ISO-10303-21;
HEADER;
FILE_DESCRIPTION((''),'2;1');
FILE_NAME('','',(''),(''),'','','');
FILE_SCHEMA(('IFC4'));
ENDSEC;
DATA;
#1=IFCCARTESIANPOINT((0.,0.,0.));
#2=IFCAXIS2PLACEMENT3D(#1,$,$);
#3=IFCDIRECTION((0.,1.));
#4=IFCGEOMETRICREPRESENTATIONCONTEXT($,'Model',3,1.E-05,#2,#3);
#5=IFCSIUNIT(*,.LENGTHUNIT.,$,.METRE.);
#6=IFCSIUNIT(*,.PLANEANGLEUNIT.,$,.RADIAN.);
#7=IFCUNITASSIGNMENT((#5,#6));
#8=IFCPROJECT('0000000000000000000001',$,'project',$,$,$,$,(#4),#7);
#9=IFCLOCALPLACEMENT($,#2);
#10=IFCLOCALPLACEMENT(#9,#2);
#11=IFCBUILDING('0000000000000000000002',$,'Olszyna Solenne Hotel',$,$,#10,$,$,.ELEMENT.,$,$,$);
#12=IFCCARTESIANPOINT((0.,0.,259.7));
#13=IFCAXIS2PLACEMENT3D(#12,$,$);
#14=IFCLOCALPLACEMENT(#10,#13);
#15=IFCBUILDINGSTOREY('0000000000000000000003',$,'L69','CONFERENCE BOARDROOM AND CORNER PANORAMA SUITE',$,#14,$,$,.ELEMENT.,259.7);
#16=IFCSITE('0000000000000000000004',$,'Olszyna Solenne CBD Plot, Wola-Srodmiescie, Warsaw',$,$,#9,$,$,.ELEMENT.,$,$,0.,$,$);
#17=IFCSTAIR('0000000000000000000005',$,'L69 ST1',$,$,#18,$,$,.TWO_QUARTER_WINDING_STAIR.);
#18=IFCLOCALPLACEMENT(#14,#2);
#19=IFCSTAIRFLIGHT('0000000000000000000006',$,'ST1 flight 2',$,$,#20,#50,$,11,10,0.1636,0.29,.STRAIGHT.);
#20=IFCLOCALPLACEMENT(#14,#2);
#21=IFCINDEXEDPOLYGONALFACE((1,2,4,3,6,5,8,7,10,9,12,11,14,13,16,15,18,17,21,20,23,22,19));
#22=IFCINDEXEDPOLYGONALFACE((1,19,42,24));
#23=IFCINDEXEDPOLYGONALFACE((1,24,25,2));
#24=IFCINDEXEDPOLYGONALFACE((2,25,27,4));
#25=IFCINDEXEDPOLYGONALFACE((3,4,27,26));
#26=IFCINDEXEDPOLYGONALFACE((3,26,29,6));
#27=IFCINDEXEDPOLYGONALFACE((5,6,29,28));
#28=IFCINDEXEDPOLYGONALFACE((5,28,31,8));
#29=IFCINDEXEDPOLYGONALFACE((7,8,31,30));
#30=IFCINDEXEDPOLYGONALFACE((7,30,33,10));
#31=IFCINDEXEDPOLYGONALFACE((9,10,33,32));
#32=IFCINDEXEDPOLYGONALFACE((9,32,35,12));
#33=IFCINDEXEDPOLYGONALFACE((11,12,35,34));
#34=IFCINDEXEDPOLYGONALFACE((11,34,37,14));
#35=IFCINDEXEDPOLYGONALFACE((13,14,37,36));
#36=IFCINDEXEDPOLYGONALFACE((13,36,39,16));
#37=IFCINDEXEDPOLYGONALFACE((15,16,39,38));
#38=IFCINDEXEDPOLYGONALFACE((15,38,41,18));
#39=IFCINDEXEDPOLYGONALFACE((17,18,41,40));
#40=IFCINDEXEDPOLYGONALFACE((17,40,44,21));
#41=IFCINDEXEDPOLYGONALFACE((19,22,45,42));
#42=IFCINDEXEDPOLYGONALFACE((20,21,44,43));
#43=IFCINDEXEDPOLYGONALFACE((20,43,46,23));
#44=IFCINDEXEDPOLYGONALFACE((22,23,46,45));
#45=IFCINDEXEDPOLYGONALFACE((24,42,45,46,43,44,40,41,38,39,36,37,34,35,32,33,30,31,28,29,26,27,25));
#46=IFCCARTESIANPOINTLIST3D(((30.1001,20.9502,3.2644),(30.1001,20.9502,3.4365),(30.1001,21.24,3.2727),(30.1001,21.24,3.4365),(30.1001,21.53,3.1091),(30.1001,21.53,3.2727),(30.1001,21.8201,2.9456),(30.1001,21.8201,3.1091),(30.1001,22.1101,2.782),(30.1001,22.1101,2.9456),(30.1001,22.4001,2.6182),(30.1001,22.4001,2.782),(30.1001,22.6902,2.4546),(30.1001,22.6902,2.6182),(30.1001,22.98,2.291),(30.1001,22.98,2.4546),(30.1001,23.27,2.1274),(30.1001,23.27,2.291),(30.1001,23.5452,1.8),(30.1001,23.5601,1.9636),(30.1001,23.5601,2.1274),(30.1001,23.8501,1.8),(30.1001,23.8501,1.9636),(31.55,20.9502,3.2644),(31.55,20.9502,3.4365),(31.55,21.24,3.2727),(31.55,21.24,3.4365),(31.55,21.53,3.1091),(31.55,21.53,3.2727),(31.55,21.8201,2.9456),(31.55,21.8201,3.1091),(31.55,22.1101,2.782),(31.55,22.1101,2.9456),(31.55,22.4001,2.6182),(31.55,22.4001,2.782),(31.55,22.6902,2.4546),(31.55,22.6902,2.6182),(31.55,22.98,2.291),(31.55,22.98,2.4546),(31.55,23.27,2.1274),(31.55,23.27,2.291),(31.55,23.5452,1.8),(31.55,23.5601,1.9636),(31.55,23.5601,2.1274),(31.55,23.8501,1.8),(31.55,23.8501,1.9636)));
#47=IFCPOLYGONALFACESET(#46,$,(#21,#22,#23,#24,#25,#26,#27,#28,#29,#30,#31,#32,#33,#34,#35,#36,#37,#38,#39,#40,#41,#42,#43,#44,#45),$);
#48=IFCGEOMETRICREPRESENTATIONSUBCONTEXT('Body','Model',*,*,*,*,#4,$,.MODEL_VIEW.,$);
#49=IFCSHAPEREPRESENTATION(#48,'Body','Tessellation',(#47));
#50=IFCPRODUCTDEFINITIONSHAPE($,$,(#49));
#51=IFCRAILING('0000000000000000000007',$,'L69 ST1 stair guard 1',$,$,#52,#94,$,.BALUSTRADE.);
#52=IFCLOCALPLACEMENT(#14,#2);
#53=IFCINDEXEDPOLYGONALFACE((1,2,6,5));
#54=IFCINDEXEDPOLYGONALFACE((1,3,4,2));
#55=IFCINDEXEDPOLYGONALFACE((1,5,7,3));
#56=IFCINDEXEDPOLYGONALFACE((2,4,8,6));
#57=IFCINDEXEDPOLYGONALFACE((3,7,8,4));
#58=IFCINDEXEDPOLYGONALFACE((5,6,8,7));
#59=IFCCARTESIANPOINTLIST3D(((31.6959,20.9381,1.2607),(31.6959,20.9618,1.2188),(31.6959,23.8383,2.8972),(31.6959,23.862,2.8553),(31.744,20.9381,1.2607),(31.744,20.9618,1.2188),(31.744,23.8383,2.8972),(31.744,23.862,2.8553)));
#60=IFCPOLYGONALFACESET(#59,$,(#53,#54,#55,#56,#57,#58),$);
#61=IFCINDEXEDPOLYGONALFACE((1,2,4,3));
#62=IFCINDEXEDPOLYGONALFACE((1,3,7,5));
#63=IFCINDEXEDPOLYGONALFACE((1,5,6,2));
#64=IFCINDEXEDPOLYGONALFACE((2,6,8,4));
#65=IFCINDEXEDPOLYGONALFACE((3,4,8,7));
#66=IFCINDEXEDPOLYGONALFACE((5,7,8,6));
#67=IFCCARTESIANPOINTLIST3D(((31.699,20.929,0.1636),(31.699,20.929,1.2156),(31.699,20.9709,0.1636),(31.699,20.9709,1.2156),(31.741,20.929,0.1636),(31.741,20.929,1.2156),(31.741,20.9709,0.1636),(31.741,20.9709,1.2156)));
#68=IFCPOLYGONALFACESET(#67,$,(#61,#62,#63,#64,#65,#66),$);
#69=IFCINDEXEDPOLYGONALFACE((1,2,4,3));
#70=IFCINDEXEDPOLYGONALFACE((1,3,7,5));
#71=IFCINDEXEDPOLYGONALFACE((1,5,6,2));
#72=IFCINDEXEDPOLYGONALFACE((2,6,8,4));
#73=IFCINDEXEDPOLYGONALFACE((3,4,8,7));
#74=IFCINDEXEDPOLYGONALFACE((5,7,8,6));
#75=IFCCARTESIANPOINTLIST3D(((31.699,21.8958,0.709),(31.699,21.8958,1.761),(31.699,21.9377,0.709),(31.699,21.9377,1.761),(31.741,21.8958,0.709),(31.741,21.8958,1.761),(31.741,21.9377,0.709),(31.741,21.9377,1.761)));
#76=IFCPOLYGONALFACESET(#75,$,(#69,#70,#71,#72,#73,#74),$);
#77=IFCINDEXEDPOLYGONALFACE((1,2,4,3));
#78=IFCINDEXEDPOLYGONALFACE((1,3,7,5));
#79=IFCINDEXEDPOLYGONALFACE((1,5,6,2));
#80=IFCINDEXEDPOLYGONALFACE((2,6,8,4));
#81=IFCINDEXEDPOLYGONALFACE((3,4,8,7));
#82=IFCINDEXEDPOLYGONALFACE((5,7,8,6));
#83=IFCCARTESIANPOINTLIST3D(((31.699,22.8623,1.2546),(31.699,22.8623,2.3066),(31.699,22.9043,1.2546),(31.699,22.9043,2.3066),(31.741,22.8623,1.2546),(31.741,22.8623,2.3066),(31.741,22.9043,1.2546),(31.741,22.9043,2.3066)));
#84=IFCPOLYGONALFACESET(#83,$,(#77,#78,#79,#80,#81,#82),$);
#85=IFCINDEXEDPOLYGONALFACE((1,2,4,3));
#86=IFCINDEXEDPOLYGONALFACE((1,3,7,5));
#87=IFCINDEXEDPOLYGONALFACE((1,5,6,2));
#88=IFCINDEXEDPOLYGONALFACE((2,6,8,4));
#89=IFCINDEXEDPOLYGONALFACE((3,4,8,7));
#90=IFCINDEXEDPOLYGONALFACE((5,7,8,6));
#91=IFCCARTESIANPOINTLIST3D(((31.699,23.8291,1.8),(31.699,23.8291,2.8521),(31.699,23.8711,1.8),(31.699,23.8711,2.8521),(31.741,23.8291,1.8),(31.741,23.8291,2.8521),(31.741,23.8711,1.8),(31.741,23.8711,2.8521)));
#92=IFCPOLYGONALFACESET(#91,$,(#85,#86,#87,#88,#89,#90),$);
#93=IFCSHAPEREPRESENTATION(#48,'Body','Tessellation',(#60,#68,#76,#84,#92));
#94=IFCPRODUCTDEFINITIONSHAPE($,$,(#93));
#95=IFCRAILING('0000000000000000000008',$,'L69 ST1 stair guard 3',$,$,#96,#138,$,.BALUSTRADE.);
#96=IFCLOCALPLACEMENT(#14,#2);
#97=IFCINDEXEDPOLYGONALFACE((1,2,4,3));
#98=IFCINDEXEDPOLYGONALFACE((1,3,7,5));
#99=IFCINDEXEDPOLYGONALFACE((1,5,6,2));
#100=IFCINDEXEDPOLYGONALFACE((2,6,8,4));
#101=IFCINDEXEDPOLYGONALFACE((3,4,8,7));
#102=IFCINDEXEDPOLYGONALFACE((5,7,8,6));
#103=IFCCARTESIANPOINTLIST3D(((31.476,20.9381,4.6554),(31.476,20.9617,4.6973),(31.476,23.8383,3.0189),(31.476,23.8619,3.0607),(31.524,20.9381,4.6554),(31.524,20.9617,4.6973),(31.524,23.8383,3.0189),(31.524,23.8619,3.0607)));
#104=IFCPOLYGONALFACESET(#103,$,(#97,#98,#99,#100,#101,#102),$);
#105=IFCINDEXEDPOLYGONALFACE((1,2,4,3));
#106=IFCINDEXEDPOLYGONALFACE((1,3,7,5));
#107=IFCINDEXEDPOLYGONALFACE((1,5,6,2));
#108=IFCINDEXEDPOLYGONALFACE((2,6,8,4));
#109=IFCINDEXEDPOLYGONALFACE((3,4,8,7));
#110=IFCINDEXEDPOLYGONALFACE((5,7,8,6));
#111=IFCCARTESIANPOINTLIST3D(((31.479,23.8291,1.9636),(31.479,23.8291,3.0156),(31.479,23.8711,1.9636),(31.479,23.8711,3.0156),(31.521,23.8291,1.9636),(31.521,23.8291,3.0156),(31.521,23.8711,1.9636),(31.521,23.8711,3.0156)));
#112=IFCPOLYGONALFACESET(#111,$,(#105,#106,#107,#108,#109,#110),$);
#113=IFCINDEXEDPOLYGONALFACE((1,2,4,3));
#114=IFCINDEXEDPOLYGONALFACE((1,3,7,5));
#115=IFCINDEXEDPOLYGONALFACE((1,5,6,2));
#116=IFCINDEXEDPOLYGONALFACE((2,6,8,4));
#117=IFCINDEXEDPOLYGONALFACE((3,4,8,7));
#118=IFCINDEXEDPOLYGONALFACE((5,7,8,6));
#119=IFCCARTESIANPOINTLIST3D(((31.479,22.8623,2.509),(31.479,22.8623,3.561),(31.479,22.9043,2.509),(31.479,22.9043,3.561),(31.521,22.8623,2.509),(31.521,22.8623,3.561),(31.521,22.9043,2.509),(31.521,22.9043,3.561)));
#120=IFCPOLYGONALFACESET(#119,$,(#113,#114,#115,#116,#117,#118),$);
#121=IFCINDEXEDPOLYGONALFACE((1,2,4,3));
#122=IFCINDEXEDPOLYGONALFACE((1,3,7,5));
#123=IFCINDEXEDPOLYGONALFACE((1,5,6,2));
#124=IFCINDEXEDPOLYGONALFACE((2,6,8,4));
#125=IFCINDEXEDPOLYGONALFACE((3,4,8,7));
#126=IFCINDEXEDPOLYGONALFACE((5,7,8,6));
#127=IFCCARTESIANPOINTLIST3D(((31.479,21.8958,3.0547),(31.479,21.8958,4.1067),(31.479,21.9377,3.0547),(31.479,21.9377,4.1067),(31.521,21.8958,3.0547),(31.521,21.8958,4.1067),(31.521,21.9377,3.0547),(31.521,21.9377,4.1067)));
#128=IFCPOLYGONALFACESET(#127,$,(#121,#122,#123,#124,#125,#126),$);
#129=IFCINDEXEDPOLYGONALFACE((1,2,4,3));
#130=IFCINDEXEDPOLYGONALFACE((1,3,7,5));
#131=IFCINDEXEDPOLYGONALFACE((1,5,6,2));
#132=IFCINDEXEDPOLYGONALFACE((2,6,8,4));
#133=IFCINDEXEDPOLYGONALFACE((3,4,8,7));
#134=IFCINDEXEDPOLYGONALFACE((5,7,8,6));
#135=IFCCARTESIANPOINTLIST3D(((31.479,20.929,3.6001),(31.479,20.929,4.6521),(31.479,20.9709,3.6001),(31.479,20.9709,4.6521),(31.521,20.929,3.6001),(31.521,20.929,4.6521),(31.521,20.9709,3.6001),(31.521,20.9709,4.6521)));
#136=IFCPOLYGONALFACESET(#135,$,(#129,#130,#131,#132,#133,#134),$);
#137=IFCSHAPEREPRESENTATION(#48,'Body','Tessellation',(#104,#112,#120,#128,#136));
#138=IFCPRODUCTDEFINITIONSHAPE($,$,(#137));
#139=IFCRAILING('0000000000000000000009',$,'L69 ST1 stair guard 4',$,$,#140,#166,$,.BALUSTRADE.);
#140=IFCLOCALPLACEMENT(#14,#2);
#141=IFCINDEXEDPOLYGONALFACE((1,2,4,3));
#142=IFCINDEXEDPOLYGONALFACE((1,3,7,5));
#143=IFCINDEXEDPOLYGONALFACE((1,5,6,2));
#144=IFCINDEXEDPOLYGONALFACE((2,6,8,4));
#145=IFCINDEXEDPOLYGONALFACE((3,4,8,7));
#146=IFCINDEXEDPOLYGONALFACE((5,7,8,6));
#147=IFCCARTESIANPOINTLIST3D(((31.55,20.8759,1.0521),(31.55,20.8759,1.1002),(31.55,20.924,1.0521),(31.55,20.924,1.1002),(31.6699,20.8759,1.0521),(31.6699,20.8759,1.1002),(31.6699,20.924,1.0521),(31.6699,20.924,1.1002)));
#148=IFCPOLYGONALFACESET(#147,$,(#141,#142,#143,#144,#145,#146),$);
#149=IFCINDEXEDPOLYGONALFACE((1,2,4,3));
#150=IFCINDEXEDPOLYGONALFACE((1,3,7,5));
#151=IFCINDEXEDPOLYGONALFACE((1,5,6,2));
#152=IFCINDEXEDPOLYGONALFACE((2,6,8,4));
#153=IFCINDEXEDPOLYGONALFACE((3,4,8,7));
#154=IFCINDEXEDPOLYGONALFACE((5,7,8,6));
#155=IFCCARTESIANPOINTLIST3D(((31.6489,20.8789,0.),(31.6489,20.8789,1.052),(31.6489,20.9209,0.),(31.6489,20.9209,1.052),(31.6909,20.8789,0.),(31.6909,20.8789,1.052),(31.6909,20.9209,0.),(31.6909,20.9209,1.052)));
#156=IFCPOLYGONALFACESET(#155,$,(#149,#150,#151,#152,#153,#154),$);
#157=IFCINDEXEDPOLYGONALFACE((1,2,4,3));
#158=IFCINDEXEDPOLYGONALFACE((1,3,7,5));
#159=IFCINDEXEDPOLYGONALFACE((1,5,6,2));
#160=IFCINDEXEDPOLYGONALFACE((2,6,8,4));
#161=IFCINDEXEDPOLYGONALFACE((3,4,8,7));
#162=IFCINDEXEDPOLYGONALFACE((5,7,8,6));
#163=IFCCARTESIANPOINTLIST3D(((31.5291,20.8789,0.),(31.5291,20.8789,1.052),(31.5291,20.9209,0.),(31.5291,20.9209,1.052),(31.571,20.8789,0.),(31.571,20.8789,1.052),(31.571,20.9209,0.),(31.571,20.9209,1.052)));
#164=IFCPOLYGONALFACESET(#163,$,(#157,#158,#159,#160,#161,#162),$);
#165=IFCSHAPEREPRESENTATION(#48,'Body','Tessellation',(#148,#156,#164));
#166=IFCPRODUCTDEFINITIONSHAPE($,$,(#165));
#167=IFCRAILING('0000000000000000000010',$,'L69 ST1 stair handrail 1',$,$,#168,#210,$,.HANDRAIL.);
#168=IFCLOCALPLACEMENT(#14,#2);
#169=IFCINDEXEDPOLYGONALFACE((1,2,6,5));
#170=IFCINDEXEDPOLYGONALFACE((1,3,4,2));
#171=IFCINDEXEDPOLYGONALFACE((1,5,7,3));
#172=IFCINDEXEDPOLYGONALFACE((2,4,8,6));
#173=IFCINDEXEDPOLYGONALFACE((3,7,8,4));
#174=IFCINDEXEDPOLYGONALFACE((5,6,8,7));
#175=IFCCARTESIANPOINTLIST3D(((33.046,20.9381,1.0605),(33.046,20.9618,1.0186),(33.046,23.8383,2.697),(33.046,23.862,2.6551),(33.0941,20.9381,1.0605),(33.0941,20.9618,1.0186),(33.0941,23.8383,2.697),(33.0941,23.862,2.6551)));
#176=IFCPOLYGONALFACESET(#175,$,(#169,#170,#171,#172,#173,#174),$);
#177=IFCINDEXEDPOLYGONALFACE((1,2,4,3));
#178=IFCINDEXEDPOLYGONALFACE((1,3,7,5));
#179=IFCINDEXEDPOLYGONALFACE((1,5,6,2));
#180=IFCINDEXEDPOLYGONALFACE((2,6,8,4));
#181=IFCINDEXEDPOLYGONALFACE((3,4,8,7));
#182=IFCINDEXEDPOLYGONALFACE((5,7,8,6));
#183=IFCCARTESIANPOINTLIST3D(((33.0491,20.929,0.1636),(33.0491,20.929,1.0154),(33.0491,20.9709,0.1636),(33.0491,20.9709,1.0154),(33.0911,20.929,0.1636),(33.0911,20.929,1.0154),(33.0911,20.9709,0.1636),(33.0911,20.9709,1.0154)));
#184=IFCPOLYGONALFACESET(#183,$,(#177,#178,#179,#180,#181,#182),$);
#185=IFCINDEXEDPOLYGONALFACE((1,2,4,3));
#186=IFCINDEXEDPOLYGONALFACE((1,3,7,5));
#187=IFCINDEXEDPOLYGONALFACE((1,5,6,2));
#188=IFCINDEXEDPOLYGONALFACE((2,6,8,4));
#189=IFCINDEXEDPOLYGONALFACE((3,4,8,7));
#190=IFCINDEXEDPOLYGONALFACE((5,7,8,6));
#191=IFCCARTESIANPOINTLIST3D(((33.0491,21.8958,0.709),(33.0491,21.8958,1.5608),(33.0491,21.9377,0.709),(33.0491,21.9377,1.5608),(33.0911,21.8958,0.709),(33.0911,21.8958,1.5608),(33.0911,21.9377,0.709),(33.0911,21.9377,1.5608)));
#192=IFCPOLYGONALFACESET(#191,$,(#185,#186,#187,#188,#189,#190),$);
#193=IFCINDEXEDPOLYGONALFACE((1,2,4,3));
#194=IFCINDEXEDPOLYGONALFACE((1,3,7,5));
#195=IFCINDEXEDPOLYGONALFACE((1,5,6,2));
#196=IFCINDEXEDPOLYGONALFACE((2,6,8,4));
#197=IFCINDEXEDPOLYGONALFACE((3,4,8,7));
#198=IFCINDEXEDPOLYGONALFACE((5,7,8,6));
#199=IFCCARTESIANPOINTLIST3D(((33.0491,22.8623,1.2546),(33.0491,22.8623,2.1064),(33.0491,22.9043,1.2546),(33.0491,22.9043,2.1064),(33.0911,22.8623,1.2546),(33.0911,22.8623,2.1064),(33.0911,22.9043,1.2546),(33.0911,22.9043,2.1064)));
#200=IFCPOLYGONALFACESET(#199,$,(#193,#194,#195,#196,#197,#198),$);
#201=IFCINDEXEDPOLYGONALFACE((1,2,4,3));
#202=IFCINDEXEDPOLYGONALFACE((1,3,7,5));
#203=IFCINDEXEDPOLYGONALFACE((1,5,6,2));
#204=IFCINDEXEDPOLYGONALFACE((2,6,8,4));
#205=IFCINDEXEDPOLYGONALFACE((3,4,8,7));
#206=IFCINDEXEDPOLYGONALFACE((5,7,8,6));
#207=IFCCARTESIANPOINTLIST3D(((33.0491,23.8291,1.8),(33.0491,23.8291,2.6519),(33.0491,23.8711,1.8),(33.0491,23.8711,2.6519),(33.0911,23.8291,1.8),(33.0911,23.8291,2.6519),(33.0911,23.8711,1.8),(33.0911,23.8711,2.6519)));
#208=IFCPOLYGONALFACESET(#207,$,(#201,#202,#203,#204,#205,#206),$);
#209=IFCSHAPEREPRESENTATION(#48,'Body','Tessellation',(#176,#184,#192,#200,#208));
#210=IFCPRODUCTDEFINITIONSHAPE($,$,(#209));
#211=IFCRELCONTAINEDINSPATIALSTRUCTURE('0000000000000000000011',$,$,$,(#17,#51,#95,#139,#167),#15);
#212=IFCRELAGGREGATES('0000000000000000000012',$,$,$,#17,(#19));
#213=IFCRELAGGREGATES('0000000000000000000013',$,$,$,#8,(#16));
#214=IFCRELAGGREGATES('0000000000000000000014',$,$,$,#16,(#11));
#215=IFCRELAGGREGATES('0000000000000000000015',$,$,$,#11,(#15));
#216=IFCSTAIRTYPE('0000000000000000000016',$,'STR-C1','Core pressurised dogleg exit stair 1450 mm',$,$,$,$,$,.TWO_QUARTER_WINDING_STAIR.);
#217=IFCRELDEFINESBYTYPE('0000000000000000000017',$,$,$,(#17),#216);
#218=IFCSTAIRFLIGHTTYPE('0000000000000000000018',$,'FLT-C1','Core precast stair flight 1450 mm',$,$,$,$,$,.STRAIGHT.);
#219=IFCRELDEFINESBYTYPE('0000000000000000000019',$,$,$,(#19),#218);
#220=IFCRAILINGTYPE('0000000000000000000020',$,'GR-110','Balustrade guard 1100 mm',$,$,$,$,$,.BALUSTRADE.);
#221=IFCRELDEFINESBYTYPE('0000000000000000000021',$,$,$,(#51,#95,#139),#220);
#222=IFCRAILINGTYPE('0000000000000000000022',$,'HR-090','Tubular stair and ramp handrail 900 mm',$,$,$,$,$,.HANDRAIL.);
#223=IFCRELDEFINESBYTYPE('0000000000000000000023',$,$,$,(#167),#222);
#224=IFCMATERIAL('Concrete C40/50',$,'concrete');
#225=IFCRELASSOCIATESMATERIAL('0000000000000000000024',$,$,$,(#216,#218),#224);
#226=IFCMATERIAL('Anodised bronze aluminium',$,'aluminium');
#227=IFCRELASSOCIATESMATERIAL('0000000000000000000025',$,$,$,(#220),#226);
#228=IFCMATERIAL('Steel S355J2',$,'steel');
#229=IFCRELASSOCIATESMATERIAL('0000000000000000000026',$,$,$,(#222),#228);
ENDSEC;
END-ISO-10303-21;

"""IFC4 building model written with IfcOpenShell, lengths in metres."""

from ifc_helpers import new_model, si_unit, direction, frame, origin, origin_2d, place, context, subcontext, project, spatial, polyline, rectangle, outline, extrude, material, type_object, element, aggregate, save


model = new_model("IFC4")

# Units and contexts
model_context = context("Model", 3, precision=1e-05, world=origin(), true_north=direction((0.0, 1.0)))
body_context = subcontext(model_context, "Body", "Model", "MODEL_VIEW")
ifc_project = project(units=[si_unit("LENGTHUNIT", "METRE"), si_unit("PLANEANGLEUNIT", "RADIAN")], contexts=[model_context])

# Site, building, storey
site_placement = place(None, origin())
site = spatial("IfcSite", under=ifc_project, at=site_placement, Name="Olszyna Solenne CBD Plot, Wola-Srodmiescie, Warsaw", CompositionType="ELEMENT", RefElevation=0.0)
building_placement = place(site_placement, origin())
building = spatial("IfcBuilding", under=site, at=building_placement, Name="Olszyna Solenne Hotel", CompositionType="ELEMENT")
storey_placement = place(building_placement, frame((0.0, 0.0, 259.7)))
storey = spatial("IfcBuildingStorey", under=building, at=storey_placement, Name="L69", Description="CONFERENCE BOARDROOM AND CORNER PANORAMA SUITE", CompositionType="ELEMENT", Elevation=259.7)

# Shared definitions
ifc_material_1 = material(Name="Steel S355J2", Category="steel")

# Shared definitions
ifc_material_2 = material(Name="Anodised bronze aluminium", Category="aluminium")

# Stair, stair flight
ifc_material_3 = material(Name="Concrete C40/50", Category="concrete")
stair_type = type_object("IfcStairType", Name="STR-C1", Description="Core pressurised dogleg exit stair 1450 mm", PredefinedType="TWO_QUARTER_WINDING_STAIR", material=ifc_material_3)
stair_placement = place(storey_placement, origin())
stair = element("IfcStair", 1, at=stair_placement, inside=storey, type_object=stair_type, Name="L69 ST1", PredefinedType="TWO_QUARTER_WINDING_STAIR")
stair_flight_type = type_object("IfcStairFlightType", Name="FLT-C1", Description="Core precast stair flight 1450 mm", PredefinedType="STRAIGHT", material=ifc_material_3)
stair_flight_1_placement = place(storey_placement, frame((30.825, 23.8501, 1.8), z_axis=(0.0, 0.0, 1.0), x_axis=(0.0, -1.0, 0.0)))
stair_flight_1 = element("IfcStairFlight", 2, at=stair_flight_1_placement, type_object=stair_flight_type, Name="ST1 flight 2", NumberOfRisers=11, NumberOfTreads=10, PredefinedType="STRAIGHT", RiserHeight=0.1636, TreadLength=0.29, context=body_context, shape_type="SweptSolid", body=[
    extrude(outline(polyline([(0.0, 0.0), (0.0, 0.1636), (0.29, 0.1636), (0.29, 0.3274), (0.5801, 0.3274), (0.5801, 0.491), (0.8701, 0.491), (0.8701, 0.6545), (1.1599, 0.6545), (1.1599, 0.8181), (1.45, 0.8181), (1.45, 0.9819), (1.74, 0.9819), (1.74, 1.1455), (2.03, 1.1455), (2.03, 1.3091), (2.3201, 1.3091), (2.3201, 1.4727), (2.6101, 1.4727), (2.6101, 1.6365), (2.8999, 1.6365), (2.8999, 1.8), (2.8999, 1.4644), (0.3049, 0.0), (0.0, 0.0)])), frame((0.0, 0.7251, 0.0), z_axis=(0.0, -1.0, 0.0), x_axis=(1.0, 0.0, 0.0)), (0.0, 0.0, 1.0), 1.45),
])
aggregate(stair, [stair_flight_1])

# Railings
railing_type_1 = type_object("IfcRailingType", Name="GR-110", Description="Balustrade guard 1100 mm", PredefinedType="BALUSTRADE", material=ifc_material_2)
railing_1_placement = place(storey_placement, frame((31.72, 20.95, 0.1636)))
element("IfcRailing", 3, at=railing_1_placement, inside=storey, type_object=railing_type_1, Name="L69 ST1 stair guard 1", PredefinedType="BALUSTRADE", context=body_context, shape_type="SweptSolid", body=[
    extrude(rectangle(XDim=0.0481, YDim=0.0481, at=origin_2d()), frame((0.0, 0.0, 1.0762), z_axis=(0.0, 0.870915, 0.491434), x_axis=(-1.0, 0.0, 0.0)), (0.0, 0.0, 1.0), 3.3301),
    extrude(rectangle(XDim=0.042, YDim=0.042, at=origin_2d()), origin(), (0.0, 0.0, 1.0), 1.052),
    extrude(rectangle(XDim=0.042, YDim=0.042, at=origin_2d()), frame((0.0, 0.9668, 0.5454)), (0.0, 0.0, 1.0), 1.052),
    extrude(rectangle(XDim=0.042, YDim=0.042, at=origin_2d()), frame((0.0, 1.9333, 1.0911)), (0.0, 0.0, 1.0), 1.052),
    extrude(rectangle(XDim=0.042, YDim=0.042, at=origin_2d()), frame((0.0, 2.9001, 1.6365)), (0.0, 0.0, 1.0), 1.052),
])
railing_2_placement = place(storey_placement, frame((31.5, 23.8501, 1.9636)))
element("IfcRailing", 4, at=railing_2_placement, inside=storey, type_object=railing_type_1, Name="L69 ST1 stair guard 3", PredefinedType="BALUSTRADE", context=body_context, shape_type="SweptSolid", body=[
    extrude(rectangle(XDim=0.0481, YDim=0.0481, at=origin_2d()), frame((0.0, 0.0, 1.0762), z_axis=(0.0, -0.870915, 0.491434), x_axis=(1.0, 0.0, 0.0)), (0.0, 0.0, 1.0), 3.3301),
    extrude(rectangle(XDim=0.042, YDim=0.042, at=origin_2d()), origin(), (0.0, 0.0, 1.0), 1.052),
    extrude(rectangle(XDim=0.042, YDim=0.042, at=origin_2d()), frame((0.0, -0.9668, 0.5454)), (0.0, 0.0, 1.0), 1.052),
    extrude(rectangle(XDim=0.042, YDim=0.042, at=origin_2d()), frame((0.0, -1.9333, 1.0911)), (0.0, 0.0, 1.0), 1.052),
    extrude(rectangle(XDim=0.042, YDim=0.042, at=origin_2d()), frame((0.0, -2.9001, 1.6365)), (0.0, 0.0, 1.0), 1.052),
])
railing_3_placement = place(storey_placement, frame((31.6699, 20.8999, 0.0)))
element("IfcRailing", 5, at=railing_3_placement, inside=storey, type_object=railing_type_1, Name="L69 ST1 stair guard 4", PredefinedType="BALUSTRADE", context=body_context, shape_type="SweptSolid", body=[
    extrude(rectangle(XDim=0.0481, YDim=0.0481, at=origin_2d()), frame((0.0, 0.0, 1.0762), z_axis=(-1.0, 0.0, 0.0), x_axis=(0.0, -1.0, 0.0)), (0.0, 0.0, 1.0), 0.1199),
    extrude(rectangle(XDim=0.042, YDim=0.042, at=origin_2d()), origin(), (0.0, 0.0, 1.0), 1.052),
    extrude(rectangle(XDim=0.042, YDim=0.042, at=origin_2d()), frame((-0.1199, 0.0, 0.0)), (0.0, 0.0, 1.0), 1.052),
])
railing_type_2 = type_object("IfcRailingType", Name="HR-090", Description="Tubular stair and ramp handrail 900 mm", PredefinedType="HANDRAIL", material=ifc_material_1)
railing_4_placement = place(storey_placement, frame((33.0701, 20.95, 0.1636)))
element("IfcRailing", 6, at=railing_4_placement, inside=storey, type_object=railing_type_2, Name="L69 ST1 stair handrail 1", PredefinedType="HANDRAIL", context=body_context, shape_type="SweptSolid", body=[
    extrude(rectangle(XDim=0.0481, YDim=0.0481, at=origin_2d()), frame((0.0, 0.0, 0.876), z_axis=(0.0, 0.870915, 0.491434), x_axis=(-1.0, 0.0, 0.0)), (0.0, 0.0, 1.0), 3.3301),
    extrude(rectangle(XDim=0.042, YDim=0.042, at=origin_2d()), origin(), (0.0, 0.0, 1.0), 0.8518),
    extrude(rectangle(XDim=0.042, YDim=0.042, at=origin_2d()), frame((0.0, 0.9668, 0.5454)), (0.0, 0.0, 1.0), 0.8518),
    extrude(rectangle(XDim=0.042, YDim=0.042, at=origin_2d()), frame((0.0, 1.9333, 1.0911)), (0.0, 0.0, 1.0), 0.8518),
    extrude(rectangle(XDim=0.042, YDim=0.042, at=origin_2d()), frame((0.0, 2.9001, 1.6365)), (0.0, 0.0, 1.0), 0.8518),
])

save(model, "model.ifc")
